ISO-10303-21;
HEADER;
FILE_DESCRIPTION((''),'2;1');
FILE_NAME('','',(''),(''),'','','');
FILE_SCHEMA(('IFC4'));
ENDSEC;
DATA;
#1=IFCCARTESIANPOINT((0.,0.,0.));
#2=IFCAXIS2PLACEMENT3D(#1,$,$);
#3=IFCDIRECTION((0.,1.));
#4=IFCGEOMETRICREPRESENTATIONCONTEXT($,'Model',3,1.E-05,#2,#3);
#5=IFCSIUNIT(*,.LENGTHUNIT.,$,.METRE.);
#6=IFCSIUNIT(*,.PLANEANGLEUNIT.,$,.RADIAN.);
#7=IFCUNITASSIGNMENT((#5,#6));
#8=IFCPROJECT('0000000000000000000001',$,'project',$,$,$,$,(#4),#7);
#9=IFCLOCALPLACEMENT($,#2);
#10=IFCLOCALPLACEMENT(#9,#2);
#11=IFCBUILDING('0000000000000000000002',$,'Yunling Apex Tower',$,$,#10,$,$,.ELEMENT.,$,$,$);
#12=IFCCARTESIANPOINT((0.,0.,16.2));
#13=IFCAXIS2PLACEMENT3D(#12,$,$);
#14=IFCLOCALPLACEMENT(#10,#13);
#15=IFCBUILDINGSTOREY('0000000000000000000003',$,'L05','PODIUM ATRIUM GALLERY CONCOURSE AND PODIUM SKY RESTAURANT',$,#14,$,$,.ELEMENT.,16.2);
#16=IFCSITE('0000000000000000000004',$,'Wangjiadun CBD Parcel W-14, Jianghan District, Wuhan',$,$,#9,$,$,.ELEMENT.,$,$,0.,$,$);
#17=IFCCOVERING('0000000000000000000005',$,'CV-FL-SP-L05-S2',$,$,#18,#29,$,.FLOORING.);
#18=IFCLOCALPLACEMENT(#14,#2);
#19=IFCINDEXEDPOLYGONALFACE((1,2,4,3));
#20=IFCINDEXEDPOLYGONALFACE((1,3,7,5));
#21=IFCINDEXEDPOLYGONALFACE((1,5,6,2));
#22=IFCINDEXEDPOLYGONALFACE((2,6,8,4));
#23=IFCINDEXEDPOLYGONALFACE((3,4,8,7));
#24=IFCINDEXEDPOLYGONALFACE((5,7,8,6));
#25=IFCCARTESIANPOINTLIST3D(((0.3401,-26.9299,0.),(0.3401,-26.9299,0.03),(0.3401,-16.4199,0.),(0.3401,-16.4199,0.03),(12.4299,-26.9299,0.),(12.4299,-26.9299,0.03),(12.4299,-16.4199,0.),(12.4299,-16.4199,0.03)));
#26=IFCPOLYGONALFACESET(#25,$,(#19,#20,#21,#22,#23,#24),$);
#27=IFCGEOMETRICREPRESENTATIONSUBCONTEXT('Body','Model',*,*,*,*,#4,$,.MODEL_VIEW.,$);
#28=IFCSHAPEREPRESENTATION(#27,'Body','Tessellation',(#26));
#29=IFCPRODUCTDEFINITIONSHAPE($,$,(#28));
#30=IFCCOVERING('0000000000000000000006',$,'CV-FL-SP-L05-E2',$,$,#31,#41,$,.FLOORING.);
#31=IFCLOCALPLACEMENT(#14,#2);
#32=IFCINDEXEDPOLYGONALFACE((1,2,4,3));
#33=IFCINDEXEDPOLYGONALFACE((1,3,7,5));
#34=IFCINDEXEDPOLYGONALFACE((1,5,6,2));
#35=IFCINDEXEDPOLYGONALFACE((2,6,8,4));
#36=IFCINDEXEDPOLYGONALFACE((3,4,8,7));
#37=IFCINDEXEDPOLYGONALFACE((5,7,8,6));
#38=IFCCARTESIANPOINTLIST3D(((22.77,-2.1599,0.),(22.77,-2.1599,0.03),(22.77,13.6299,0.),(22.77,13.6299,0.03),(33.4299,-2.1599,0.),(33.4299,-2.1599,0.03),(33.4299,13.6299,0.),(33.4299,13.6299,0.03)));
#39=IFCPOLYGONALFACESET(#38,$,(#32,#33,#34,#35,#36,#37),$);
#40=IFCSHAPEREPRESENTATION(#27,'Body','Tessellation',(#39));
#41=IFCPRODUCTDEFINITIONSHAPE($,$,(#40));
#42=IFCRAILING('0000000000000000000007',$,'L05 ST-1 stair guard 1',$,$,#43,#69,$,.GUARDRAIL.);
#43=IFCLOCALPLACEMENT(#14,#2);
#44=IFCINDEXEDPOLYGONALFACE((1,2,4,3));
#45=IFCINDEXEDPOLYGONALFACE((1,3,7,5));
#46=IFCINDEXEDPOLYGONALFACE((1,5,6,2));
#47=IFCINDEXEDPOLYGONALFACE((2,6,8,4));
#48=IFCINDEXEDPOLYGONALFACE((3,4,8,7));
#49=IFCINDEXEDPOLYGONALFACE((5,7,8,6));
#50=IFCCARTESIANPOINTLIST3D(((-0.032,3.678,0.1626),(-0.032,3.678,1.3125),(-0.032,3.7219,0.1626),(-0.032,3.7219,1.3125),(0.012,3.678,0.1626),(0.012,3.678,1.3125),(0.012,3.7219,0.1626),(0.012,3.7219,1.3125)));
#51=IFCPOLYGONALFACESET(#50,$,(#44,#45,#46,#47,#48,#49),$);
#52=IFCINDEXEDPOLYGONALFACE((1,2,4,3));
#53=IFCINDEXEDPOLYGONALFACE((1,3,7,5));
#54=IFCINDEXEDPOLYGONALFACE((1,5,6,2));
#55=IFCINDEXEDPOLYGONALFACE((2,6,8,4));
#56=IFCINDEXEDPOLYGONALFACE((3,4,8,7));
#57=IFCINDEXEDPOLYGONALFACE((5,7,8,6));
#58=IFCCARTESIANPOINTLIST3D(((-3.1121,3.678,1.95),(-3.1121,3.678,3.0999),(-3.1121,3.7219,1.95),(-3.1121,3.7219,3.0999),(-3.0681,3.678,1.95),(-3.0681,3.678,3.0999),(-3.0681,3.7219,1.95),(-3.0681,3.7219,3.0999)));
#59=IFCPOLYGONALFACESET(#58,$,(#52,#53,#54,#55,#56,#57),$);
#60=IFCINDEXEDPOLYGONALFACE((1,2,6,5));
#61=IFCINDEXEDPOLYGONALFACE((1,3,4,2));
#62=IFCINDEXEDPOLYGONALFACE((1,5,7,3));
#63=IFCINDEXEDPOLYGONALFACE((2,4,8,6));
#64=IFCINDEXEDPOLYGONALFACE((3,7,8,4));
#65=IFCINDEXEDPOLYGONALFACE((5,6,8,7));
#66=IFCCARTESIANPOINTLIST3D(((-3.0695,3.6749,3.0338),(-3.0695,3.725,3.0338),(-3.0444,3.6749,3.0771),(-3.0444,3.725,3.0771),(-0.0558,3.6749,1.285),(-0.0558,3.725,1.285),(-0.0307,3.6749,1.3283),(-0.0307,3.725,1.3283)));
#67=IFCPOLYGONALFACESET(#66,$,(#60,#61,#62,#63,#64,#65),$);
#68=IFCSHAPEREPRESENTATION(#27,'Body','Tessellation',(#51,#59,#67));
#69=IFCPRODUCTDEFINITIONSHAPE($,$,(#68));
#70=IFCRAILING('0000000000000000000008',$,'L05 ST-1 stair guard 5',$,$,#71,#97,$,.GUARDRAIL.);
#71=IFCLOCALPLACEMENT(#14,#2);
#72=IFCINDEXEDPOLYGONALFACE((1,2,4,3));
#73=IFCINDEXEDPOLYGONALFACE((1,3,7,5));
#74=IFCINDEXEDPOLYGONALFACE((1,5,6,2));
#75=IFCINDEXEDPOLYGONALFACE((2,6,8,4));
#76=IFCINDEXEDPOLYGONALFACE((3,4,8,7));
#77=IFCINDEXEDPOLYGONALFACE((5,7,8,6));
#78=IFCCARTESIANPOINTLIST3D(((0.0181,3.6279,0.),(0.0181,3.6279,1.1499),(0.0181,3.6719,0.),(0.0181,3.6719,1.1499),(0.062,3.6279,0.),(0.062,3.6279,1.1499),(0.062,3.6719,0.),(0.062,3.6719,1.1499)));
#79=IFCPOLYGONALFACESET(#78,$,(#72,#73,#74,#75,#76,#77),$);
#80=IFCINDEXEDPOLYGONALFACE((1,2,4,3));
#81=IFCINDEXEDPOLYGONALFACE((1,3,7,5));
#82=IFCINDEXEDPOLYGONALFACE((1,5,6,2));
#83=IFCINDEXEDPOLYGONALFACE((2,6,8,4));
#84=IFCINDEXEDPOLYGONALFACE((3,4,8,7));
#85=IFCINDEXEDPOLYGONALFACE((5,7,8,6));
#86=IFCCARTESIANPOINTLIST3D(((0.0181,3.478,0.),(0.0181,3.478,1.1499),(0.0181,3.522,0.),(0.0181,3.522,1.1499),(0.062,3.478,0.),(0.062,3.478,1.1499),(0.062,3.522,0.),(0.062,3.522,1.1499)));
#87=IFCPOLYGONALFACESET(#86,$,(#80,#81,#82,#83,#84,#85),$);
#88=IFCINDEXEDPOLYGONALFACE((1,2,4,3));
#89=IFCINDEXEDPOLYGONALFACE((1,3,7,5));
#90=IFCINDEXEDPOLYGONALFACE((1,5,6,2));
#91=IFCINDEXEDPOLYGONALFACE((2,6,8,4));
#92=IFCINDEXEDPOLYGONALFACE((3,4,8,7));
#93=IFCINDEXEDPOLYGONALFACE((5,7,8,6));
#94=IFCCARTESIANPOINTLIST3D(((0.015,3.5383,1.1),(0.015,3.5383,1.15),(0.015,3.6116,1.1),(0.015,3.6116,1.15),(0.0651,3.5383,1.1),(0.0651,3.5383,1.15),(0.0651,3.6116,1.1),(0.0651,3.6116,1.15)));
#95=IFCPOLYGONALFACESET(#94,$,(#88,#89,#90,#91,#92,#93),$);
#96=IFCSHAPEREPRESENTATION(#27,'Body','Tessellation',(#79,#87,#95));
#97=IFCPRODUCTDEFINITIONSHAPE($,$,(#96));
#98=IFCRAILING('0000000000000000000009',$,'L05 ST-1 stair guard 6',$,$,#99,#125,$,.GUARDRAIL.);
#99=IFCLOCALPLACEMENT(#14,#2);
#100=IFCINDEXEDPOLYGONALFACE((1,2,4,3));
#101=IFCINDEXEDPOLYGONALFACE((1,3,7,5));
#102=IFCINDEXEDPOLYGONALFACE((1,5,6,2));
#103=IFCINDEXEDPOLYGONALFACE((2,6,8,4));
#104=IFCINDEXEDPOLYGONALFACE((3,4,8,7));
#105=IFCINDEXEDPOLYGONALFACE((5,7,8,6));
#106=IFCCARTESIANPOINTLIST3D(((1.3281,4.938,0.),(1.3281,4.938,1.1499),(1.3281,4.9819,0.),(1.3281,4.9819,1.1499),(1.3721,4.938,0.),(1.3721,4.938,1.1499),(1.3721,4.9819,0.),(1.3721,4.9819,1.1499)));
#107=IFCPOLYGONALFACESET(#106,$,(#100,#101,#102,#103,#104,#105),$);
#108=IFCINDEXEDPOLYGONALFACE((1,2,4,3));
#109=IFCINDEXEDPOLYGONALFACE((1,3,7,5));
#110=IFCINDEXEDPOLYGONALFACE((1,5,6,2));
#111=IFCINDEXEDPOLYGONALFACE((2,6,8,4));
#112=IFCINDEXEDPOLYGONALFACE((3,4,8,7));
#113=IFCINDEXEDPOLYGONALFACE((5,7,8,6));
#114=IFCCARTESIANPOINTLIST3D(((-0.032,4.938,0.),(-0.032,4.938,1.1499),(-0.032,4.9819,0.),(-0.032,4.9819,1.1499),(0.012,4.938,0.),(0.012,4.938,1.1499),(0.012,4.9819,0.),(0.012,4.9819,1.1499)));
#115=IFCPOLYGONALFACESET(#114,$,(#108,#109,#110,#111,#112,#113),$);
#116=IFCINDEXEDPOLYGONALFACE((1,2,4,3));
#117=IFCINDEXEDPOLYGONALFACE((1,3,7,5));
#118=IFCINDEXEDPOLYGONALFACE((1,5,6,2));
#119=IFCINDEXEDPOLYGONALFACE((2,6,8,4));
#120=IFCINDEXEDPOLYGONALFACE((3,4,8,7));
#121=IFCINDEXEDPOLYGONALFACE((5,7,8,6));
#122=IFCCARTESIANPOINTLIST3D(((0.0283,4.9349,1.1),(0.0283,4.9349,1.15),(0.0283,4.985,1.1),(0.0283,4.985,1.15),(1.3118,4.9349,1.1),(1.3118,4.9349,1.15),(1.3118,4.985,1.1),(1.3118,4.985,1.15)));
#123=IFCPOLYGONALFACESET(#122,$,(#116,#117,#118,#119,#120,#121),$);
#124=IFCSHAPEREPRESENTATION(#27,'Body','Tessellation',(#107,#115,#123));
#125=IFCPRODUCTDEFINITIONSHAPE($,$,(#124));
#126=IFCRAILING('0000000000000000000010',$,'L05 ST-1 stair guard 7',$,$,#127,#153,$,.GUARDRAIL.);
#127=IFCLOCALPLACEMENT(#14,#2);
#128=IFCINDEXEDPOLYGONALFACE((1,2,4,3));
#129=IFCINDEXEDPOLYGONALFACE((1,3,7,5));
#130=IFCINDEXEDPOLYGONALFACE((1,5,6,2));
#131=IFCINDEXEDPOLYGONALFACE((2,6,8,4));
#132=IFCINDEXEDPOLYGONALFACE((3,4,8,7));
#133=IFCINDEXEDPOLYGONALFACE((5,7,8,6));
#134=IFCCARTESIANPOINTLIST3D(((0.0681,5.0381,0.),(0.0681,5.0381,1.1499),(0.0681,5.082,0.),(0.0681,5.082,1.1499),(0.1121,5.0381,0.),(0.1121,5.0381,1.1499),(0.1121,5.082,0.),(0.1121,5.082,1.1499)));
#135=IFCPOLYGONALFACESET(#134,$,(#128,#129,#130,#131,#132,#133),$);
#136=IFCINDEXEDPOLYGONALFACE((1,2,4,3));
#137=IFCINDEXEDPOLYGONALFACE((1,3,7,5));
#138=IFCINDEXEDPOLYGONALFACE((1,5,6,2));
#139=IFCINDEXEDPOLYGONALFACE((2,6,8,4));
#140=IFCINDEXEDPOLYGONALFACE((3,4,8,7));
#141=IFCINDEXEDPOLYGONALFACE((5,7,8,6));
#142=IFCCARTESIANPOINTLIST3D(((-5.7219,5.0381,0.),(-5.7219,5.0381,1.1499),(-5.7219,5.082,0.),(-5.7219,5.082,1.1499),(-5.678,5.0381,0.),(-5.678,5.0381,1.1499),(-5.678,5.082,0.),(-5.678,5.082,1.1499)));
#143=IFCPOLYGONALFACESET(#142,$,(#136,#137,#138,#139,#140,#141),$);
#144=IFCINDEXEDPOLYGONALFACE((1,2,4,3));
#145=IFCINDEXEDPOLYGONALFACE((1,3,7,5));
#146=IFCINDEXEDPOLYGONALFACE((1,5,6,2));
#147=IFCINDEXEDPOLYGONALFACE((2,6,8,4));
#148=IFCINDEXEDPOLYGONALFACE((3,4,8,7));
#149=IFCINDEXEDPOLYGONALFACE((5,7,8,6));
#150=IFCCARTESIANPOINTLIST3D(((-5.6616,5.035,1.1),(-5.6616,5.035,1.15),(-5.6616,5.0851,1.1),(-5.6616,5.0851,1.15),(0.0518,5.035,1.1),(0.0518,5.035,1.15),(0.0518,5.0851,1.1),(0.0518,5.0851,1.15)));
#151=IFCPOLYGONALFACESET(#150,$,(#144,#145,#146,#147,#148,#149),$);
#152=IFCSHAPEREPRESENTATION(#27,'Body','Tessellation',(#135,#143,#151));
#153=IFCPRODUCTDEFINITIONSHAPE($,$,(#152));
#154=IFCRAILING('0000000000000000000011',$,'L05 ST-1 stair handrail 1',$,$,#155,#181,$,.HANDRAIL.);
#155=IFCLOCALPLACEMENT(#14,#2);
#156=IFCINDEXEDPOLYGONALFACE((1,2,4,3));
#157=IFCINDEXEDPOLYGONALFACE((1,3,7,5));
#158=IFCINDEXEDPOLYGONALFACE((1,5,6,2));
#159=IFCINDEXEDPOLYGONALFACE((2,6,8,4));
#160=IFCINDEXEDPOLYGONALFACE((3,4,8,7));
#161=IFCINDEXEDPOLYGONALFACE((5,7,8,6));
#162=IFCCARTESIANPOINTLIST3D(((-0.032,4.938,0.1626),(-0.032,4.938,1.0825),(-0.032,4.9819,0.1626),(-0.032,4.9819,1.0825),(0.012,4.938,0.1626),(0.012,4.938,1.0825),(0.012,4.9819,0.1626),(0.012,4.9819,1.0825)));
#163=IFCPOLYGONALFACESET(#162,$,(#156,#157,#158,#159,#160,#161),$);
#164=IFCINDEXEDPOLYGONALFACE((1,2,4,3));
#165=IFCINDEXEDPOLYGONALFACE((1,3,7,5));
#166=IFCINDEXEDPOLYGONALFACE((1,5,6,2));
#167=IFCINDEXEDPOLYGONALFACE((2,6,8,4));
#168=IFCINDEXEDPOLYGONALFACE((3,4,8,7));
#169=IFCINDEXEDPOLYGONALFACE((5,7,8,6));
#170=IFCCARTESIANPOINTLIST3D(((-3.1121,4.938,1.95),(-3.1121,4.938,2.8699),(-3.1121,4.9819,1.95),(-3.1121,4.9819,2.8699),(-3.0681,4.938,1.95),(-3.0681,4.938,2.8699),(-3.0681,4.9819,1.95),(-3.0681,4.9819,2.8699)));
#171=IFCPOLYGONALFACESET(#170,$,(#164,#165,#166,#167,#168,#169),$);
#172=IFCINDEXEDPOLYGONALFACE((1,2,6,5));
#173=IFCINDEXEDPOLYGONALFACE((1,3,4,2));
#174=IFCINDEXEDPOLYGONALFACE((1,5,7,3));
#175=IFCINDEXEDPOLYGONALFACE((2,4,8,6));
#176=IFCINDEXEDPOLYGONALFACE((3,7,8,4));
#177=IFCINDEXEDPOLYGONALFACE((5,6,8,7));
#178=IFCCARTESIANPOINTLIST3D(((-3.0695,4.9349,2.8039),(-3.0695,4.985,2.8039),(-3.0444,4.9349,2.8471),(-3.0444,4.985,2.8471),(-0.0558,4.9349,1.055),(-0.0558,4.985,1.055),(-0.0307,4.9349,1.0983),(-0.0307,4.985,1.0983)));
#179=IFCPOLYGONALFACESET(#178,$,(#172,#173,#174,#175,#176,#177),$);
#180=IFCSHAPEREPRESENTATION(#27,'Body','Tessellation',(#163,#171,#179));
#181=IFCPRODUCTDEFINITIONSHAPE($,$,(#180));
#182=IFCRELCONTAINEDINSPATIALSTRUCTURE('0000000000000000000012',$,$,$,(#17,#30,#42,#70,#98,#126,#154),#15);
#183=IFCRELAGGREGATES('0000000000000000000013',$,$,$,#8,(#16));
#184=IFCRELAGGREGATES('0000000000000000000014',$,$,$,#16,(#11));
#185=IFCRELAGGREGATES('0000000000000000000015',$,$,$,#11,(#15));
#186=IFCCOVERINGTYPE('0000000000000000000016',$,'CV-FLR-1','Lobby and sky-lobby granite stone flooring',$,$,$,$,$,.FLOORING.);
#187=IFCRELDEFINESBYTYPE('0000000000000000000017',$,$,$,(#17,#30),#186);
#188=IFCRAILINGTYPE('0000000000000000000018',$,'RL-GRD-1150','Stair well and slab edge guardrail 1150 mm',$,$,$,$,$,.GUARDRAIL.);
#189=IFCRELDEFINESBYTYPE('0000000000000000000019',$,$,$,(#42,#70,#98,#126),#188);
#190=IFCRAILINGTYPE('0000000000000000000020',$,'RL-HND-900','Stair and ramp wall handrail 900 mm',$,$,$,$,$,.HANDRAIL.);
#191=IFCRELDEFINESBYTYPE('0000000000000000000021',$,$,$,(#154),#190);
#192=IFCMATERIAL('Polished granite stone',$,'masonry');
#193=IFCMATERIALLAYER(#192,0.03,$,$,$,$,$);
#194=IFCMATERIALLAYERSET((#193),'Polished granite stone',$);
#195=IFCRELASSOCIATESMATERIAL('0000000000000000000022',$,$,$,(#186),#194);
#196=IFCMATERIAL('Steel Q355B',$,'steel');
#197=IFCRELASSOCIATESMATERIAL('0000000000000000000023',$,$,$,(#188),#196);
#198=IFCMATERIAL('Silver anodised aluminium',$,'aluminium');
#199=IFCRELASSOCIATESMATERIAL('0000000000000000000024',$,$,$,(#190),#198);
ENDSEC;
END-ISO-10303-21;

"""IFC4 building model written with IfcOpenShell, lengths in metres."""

from ifc_helpers import new_model, si_unit, direction, frame, origin, origin_2d, place, context, subcontext, project, spatial, polyline, rectangle, outline, extrude, material, layer, layer_set, type_object, element, save


model = new_model("IFC4")

# Units and contexts
model_context = context("Model", 3, precision=1e-05, world=origin(), true_north=direction((0.0, 1.0)))
body_context = subcontext(model_context, "Body", "Model", "MODEL_VIEW")
ifc_project = project(units=[si_unit("LENGTHUNIT", "METRE"), si_unit("PLANEANGLEUNIT", "RADIAN")], contexts=[model_context])

# Site, building, storey
site_placement = place(None, origin())
site = spatial("IfcSite", under=ifc_project, at=site_placement, Name="Wangjiadun CBD Parcel W-14, Jianghan District, Wuhan", CompositionType="ELEMENT", RefElevation=0.0)
building_placement = place(site_placement, origin())
building = spatial("IfcBuilding", under=site, at=building_placement, Name="Yunling Apex Tower", CompositionType="ELEMENT")
storey_placement = place(building_placement, frame((0.0, 0.0, 16.2)))
storey = spatial("IfcBuildingStorey", under=building, at=storey_placement, Name="L05", Description="PODIUM ATRIUM GALLERY CONCOURSE AND PODIUM SKY RESTAURANT", CompositionType="ELEMENT", Elevation=16.2)

# Shared definitions
ifc_material_1 = material(Name="Steel Q355B", Category="steel")

# Coverings
ifc_material_2 = material(Name="Polished granite stone", Category="masonry")
ifc_layer_1 = layer(ifc_material_2, 0.03)
ifc_layer_set_1 = layer_set([ifc_layer_1], Name="Polished granite stone")
covering_type_1 = type_object("IfcCoveringType", Name="CV-FLR-1", Description="Lobby and sky-lobby granite stone flooring", PredefinedType="FLOORING", material=ifc_layer_set_1)
covering_1_placement = place(storey_placement, origin())
element("IfcCovering", 1, at=covering_1_placement, inside=storey, type_object=covering_type_1, Name="CV-FL-SP-L05-S2", PredefinedType="FLOORING", context=body_context, shape_type="SweptSolid", body=[
    extrude(outline(polyline([(12.4299, -26.9299), (0.3401, -26.9299), (0.3401, -16.4199), (12.4299, -16.4199), (12.4299, -26.9299)])), origin(), (0.0, 0.0, 1.0), 0.03),
])
covering_2_placement = place(storey_placement, origin())
element("IfcCovering", 2, at=covering_2_placement, inside=storey, type_object=covering_type_1, Name="CV-FL-SP-L05-E2", PredefinedType="FLOORING", context=body_context, shape_type="SweptSolid", body=[
    extrude(outline(polyline([(33.4299, -2.1599), (22.77, -2.1599), (22.77, 13.6299), (33.4299, 13.6299), (33.4299, -2.1599)])), origin(), (0.0, 0.0, 1.0), 0.03),
])

# Railings
railing_type_1 = type_object("IfcRailingType", Name="RL-GRD-1150", Description="Stair well and slab edge guardrail 1150 mm", PredefinedType="GUARDRAIL", material=ifc_material_1)
railing_1_placement = place(storey_placement, frame((-0.01, 3.7, 0.1626)))
element("IfcRailing", 3, at=railing_1_placement, inside=storey, type_object=railing_type_1, Name="L05 ST-1 stair guard 1", PredefinedType="GUARDRAIL", context=body_context, shape_type="SweptSolid", body=[
    extrude(rectangle(XDim=0.0439, YDim=0.0439, at=origin_2d()), origin(), (0.0, 0.0, 1.0), 1.1499),
    extrude(rectangle(XDim=0.0439, YDim=0.0439, at=origin_2d()), frame((-3.0801, 0.0, 1.7874)), (0.0, 0.0, 1.0), 1.1499),
    extrude(rectangle(XDim=0.05, YDim=0.05, at=origin_2d()), frame((-0.0332, 0.0, 1.144), z_axis=(-0.86492, 0.0, 0.501909), x_axis=(0.0, -1.0, 0.0)), (0.0, 0.0, 1.0), 3.4844),
])
railing_2_placement = place(storey_placement, frame((0.04, 3.6499, 0.0)))
element("IfcRailing", 4, at=railing_2_placement, inside=storey, type_object=railing_type_1, Name="L05 ST-1 stair guard 5", PredefinedType="GUARDRAIL", context=body_context, shape_type="SweptSolid", body=[
    extrude(rectangle(XDim=0.0439, YDim=0.0439, at=origin_2d()), origin(), (0.0, 0.0, 1.0), 1.1499),
    extrude(rectangle(XDim=0.0439, YDim=0.0439, at=origin_2d()), frame((0.0, -0.1499, 0.0)), (0.0, 0.0, 1.0), 1.1499),
    extrude(rectangle(XDim=0.05, YDim=0.05, at=origin_2d()), frame((0.0, -0.0383, 1.125), z_axis=(0.0, -1.0, 0.0), x_axis=(1.0, 0.0, 0.0)), (0.0, 0.0, 1.0), 0.0732),
])
railing_3_placement = place(storey_placement, frame((1.3501, 4.96, 0.0)))
element("IfcRailing", 5, at=railing_3_placement, inside=storey, type_object=railing_type_1, Name="L05 ST-1 stair guard 6", PredefinedType="GUARDRAIL", context=body_context, shape_type="SweptSolid", body=[
    extrude(rectangle(XDim=0.0439, YDim=0.0439, at=origin_2d()), origin(), (0.0, 0.0, 1.0), 1.1499),
    extrude(rectangle(XDim=0.0439, YDim=0.0439, at=origin_2d()), frame((-1.3601, 0.0, 0.0)), (0.0, 0.0, 1.0), 1.1499),
    extrude(rectangle(XDim=0.05, YDim=0.05, at=origin_2d()), frame((-0.0383, 0.0, 1.125), z_axis=(-1.0, 0.0, 0.0), x_axis=(0.0, -1.0, 0.0)), (0.0, 0.0, 1.0), 1.2834),
])
railing_4_placement = place(storey_placement, frame((0.0901, 5.0601, 0.0)))
element("IfcRailing", 6, at=railing_4_placement, inside=storey, type_object=railing_type_1, Name="L05 ST-1 stair guard 7", PredefinedType="GUARDRAIL", context=body_context, shape_type="SweptSolid", body=[
    extrude(rectangle(XDim=0.0439, YDim=0.0439, at=origin_2d()), origin(), (0.0, 0.0, 1.0), 1.1499),
    extrude(rectangle(XDim=0.0439, YDim=0.0439, at=origin_2d()), frame((-5.79, 0.0, 0.0)), (0.0, 0.0, 1.0), 1.1499),
    extrude(rectangle(XDim=0.05, YDim=0.05, at=origin_2d()), frame((-0.0383, 0.0, 1.125), z_axis=(-1.0, 0.0, 0.0), x_axis=(0.0, -1.0, 0.0)), (0.0, 0.0, 1.0), 5.7134),
])
ifc_material_3 = material(Name="Silver anodised aluminium", Category="aluminium")
railing_type_2 = type_object("IfcRailingType", Name="RL-HND-900", Description="Stair and ramp wall handrail 900 mm", PredefinedType="HANDRAIL", material=ifc_material_3)
railing_5_placement = place(storey_placement, frame((-0.01, 4.96, 0.1626)))
element("IfcRailing", 7, at=railing_5_placement, inside=storey, type_object=railing_type_2, Name="L05 ST-1 stair handrail 1", PredefinedType="HANDRAIL", context=body_context, shape_type="SweptSolid", body=[
    extrude(rectangle(XDim=0.0439, YDim=0.0439, at=origin_2d()), origin(), (0.0, 0.0, 1.0), 0.9199),
    extrude(rectangle(XDim=0.0439, YDim=0.0439, at=origin_2d()), frame((-3.0801, 0.0, 1.7874)), (0.0, 0.0, 1.0), 0.9199),
    extrude(rectangle(XDim=0.05, YDim=0.05, at=origin_2d()), frame((-0.0332, 0.0, 0.9141), z_axis=(-0.86492, 0.0, 0.501909), x_axis=(0.0, -1.0, 0.0)), (0.0, 0.0, 1.0), 3.4844),
])

save(model, "model.ifc")
